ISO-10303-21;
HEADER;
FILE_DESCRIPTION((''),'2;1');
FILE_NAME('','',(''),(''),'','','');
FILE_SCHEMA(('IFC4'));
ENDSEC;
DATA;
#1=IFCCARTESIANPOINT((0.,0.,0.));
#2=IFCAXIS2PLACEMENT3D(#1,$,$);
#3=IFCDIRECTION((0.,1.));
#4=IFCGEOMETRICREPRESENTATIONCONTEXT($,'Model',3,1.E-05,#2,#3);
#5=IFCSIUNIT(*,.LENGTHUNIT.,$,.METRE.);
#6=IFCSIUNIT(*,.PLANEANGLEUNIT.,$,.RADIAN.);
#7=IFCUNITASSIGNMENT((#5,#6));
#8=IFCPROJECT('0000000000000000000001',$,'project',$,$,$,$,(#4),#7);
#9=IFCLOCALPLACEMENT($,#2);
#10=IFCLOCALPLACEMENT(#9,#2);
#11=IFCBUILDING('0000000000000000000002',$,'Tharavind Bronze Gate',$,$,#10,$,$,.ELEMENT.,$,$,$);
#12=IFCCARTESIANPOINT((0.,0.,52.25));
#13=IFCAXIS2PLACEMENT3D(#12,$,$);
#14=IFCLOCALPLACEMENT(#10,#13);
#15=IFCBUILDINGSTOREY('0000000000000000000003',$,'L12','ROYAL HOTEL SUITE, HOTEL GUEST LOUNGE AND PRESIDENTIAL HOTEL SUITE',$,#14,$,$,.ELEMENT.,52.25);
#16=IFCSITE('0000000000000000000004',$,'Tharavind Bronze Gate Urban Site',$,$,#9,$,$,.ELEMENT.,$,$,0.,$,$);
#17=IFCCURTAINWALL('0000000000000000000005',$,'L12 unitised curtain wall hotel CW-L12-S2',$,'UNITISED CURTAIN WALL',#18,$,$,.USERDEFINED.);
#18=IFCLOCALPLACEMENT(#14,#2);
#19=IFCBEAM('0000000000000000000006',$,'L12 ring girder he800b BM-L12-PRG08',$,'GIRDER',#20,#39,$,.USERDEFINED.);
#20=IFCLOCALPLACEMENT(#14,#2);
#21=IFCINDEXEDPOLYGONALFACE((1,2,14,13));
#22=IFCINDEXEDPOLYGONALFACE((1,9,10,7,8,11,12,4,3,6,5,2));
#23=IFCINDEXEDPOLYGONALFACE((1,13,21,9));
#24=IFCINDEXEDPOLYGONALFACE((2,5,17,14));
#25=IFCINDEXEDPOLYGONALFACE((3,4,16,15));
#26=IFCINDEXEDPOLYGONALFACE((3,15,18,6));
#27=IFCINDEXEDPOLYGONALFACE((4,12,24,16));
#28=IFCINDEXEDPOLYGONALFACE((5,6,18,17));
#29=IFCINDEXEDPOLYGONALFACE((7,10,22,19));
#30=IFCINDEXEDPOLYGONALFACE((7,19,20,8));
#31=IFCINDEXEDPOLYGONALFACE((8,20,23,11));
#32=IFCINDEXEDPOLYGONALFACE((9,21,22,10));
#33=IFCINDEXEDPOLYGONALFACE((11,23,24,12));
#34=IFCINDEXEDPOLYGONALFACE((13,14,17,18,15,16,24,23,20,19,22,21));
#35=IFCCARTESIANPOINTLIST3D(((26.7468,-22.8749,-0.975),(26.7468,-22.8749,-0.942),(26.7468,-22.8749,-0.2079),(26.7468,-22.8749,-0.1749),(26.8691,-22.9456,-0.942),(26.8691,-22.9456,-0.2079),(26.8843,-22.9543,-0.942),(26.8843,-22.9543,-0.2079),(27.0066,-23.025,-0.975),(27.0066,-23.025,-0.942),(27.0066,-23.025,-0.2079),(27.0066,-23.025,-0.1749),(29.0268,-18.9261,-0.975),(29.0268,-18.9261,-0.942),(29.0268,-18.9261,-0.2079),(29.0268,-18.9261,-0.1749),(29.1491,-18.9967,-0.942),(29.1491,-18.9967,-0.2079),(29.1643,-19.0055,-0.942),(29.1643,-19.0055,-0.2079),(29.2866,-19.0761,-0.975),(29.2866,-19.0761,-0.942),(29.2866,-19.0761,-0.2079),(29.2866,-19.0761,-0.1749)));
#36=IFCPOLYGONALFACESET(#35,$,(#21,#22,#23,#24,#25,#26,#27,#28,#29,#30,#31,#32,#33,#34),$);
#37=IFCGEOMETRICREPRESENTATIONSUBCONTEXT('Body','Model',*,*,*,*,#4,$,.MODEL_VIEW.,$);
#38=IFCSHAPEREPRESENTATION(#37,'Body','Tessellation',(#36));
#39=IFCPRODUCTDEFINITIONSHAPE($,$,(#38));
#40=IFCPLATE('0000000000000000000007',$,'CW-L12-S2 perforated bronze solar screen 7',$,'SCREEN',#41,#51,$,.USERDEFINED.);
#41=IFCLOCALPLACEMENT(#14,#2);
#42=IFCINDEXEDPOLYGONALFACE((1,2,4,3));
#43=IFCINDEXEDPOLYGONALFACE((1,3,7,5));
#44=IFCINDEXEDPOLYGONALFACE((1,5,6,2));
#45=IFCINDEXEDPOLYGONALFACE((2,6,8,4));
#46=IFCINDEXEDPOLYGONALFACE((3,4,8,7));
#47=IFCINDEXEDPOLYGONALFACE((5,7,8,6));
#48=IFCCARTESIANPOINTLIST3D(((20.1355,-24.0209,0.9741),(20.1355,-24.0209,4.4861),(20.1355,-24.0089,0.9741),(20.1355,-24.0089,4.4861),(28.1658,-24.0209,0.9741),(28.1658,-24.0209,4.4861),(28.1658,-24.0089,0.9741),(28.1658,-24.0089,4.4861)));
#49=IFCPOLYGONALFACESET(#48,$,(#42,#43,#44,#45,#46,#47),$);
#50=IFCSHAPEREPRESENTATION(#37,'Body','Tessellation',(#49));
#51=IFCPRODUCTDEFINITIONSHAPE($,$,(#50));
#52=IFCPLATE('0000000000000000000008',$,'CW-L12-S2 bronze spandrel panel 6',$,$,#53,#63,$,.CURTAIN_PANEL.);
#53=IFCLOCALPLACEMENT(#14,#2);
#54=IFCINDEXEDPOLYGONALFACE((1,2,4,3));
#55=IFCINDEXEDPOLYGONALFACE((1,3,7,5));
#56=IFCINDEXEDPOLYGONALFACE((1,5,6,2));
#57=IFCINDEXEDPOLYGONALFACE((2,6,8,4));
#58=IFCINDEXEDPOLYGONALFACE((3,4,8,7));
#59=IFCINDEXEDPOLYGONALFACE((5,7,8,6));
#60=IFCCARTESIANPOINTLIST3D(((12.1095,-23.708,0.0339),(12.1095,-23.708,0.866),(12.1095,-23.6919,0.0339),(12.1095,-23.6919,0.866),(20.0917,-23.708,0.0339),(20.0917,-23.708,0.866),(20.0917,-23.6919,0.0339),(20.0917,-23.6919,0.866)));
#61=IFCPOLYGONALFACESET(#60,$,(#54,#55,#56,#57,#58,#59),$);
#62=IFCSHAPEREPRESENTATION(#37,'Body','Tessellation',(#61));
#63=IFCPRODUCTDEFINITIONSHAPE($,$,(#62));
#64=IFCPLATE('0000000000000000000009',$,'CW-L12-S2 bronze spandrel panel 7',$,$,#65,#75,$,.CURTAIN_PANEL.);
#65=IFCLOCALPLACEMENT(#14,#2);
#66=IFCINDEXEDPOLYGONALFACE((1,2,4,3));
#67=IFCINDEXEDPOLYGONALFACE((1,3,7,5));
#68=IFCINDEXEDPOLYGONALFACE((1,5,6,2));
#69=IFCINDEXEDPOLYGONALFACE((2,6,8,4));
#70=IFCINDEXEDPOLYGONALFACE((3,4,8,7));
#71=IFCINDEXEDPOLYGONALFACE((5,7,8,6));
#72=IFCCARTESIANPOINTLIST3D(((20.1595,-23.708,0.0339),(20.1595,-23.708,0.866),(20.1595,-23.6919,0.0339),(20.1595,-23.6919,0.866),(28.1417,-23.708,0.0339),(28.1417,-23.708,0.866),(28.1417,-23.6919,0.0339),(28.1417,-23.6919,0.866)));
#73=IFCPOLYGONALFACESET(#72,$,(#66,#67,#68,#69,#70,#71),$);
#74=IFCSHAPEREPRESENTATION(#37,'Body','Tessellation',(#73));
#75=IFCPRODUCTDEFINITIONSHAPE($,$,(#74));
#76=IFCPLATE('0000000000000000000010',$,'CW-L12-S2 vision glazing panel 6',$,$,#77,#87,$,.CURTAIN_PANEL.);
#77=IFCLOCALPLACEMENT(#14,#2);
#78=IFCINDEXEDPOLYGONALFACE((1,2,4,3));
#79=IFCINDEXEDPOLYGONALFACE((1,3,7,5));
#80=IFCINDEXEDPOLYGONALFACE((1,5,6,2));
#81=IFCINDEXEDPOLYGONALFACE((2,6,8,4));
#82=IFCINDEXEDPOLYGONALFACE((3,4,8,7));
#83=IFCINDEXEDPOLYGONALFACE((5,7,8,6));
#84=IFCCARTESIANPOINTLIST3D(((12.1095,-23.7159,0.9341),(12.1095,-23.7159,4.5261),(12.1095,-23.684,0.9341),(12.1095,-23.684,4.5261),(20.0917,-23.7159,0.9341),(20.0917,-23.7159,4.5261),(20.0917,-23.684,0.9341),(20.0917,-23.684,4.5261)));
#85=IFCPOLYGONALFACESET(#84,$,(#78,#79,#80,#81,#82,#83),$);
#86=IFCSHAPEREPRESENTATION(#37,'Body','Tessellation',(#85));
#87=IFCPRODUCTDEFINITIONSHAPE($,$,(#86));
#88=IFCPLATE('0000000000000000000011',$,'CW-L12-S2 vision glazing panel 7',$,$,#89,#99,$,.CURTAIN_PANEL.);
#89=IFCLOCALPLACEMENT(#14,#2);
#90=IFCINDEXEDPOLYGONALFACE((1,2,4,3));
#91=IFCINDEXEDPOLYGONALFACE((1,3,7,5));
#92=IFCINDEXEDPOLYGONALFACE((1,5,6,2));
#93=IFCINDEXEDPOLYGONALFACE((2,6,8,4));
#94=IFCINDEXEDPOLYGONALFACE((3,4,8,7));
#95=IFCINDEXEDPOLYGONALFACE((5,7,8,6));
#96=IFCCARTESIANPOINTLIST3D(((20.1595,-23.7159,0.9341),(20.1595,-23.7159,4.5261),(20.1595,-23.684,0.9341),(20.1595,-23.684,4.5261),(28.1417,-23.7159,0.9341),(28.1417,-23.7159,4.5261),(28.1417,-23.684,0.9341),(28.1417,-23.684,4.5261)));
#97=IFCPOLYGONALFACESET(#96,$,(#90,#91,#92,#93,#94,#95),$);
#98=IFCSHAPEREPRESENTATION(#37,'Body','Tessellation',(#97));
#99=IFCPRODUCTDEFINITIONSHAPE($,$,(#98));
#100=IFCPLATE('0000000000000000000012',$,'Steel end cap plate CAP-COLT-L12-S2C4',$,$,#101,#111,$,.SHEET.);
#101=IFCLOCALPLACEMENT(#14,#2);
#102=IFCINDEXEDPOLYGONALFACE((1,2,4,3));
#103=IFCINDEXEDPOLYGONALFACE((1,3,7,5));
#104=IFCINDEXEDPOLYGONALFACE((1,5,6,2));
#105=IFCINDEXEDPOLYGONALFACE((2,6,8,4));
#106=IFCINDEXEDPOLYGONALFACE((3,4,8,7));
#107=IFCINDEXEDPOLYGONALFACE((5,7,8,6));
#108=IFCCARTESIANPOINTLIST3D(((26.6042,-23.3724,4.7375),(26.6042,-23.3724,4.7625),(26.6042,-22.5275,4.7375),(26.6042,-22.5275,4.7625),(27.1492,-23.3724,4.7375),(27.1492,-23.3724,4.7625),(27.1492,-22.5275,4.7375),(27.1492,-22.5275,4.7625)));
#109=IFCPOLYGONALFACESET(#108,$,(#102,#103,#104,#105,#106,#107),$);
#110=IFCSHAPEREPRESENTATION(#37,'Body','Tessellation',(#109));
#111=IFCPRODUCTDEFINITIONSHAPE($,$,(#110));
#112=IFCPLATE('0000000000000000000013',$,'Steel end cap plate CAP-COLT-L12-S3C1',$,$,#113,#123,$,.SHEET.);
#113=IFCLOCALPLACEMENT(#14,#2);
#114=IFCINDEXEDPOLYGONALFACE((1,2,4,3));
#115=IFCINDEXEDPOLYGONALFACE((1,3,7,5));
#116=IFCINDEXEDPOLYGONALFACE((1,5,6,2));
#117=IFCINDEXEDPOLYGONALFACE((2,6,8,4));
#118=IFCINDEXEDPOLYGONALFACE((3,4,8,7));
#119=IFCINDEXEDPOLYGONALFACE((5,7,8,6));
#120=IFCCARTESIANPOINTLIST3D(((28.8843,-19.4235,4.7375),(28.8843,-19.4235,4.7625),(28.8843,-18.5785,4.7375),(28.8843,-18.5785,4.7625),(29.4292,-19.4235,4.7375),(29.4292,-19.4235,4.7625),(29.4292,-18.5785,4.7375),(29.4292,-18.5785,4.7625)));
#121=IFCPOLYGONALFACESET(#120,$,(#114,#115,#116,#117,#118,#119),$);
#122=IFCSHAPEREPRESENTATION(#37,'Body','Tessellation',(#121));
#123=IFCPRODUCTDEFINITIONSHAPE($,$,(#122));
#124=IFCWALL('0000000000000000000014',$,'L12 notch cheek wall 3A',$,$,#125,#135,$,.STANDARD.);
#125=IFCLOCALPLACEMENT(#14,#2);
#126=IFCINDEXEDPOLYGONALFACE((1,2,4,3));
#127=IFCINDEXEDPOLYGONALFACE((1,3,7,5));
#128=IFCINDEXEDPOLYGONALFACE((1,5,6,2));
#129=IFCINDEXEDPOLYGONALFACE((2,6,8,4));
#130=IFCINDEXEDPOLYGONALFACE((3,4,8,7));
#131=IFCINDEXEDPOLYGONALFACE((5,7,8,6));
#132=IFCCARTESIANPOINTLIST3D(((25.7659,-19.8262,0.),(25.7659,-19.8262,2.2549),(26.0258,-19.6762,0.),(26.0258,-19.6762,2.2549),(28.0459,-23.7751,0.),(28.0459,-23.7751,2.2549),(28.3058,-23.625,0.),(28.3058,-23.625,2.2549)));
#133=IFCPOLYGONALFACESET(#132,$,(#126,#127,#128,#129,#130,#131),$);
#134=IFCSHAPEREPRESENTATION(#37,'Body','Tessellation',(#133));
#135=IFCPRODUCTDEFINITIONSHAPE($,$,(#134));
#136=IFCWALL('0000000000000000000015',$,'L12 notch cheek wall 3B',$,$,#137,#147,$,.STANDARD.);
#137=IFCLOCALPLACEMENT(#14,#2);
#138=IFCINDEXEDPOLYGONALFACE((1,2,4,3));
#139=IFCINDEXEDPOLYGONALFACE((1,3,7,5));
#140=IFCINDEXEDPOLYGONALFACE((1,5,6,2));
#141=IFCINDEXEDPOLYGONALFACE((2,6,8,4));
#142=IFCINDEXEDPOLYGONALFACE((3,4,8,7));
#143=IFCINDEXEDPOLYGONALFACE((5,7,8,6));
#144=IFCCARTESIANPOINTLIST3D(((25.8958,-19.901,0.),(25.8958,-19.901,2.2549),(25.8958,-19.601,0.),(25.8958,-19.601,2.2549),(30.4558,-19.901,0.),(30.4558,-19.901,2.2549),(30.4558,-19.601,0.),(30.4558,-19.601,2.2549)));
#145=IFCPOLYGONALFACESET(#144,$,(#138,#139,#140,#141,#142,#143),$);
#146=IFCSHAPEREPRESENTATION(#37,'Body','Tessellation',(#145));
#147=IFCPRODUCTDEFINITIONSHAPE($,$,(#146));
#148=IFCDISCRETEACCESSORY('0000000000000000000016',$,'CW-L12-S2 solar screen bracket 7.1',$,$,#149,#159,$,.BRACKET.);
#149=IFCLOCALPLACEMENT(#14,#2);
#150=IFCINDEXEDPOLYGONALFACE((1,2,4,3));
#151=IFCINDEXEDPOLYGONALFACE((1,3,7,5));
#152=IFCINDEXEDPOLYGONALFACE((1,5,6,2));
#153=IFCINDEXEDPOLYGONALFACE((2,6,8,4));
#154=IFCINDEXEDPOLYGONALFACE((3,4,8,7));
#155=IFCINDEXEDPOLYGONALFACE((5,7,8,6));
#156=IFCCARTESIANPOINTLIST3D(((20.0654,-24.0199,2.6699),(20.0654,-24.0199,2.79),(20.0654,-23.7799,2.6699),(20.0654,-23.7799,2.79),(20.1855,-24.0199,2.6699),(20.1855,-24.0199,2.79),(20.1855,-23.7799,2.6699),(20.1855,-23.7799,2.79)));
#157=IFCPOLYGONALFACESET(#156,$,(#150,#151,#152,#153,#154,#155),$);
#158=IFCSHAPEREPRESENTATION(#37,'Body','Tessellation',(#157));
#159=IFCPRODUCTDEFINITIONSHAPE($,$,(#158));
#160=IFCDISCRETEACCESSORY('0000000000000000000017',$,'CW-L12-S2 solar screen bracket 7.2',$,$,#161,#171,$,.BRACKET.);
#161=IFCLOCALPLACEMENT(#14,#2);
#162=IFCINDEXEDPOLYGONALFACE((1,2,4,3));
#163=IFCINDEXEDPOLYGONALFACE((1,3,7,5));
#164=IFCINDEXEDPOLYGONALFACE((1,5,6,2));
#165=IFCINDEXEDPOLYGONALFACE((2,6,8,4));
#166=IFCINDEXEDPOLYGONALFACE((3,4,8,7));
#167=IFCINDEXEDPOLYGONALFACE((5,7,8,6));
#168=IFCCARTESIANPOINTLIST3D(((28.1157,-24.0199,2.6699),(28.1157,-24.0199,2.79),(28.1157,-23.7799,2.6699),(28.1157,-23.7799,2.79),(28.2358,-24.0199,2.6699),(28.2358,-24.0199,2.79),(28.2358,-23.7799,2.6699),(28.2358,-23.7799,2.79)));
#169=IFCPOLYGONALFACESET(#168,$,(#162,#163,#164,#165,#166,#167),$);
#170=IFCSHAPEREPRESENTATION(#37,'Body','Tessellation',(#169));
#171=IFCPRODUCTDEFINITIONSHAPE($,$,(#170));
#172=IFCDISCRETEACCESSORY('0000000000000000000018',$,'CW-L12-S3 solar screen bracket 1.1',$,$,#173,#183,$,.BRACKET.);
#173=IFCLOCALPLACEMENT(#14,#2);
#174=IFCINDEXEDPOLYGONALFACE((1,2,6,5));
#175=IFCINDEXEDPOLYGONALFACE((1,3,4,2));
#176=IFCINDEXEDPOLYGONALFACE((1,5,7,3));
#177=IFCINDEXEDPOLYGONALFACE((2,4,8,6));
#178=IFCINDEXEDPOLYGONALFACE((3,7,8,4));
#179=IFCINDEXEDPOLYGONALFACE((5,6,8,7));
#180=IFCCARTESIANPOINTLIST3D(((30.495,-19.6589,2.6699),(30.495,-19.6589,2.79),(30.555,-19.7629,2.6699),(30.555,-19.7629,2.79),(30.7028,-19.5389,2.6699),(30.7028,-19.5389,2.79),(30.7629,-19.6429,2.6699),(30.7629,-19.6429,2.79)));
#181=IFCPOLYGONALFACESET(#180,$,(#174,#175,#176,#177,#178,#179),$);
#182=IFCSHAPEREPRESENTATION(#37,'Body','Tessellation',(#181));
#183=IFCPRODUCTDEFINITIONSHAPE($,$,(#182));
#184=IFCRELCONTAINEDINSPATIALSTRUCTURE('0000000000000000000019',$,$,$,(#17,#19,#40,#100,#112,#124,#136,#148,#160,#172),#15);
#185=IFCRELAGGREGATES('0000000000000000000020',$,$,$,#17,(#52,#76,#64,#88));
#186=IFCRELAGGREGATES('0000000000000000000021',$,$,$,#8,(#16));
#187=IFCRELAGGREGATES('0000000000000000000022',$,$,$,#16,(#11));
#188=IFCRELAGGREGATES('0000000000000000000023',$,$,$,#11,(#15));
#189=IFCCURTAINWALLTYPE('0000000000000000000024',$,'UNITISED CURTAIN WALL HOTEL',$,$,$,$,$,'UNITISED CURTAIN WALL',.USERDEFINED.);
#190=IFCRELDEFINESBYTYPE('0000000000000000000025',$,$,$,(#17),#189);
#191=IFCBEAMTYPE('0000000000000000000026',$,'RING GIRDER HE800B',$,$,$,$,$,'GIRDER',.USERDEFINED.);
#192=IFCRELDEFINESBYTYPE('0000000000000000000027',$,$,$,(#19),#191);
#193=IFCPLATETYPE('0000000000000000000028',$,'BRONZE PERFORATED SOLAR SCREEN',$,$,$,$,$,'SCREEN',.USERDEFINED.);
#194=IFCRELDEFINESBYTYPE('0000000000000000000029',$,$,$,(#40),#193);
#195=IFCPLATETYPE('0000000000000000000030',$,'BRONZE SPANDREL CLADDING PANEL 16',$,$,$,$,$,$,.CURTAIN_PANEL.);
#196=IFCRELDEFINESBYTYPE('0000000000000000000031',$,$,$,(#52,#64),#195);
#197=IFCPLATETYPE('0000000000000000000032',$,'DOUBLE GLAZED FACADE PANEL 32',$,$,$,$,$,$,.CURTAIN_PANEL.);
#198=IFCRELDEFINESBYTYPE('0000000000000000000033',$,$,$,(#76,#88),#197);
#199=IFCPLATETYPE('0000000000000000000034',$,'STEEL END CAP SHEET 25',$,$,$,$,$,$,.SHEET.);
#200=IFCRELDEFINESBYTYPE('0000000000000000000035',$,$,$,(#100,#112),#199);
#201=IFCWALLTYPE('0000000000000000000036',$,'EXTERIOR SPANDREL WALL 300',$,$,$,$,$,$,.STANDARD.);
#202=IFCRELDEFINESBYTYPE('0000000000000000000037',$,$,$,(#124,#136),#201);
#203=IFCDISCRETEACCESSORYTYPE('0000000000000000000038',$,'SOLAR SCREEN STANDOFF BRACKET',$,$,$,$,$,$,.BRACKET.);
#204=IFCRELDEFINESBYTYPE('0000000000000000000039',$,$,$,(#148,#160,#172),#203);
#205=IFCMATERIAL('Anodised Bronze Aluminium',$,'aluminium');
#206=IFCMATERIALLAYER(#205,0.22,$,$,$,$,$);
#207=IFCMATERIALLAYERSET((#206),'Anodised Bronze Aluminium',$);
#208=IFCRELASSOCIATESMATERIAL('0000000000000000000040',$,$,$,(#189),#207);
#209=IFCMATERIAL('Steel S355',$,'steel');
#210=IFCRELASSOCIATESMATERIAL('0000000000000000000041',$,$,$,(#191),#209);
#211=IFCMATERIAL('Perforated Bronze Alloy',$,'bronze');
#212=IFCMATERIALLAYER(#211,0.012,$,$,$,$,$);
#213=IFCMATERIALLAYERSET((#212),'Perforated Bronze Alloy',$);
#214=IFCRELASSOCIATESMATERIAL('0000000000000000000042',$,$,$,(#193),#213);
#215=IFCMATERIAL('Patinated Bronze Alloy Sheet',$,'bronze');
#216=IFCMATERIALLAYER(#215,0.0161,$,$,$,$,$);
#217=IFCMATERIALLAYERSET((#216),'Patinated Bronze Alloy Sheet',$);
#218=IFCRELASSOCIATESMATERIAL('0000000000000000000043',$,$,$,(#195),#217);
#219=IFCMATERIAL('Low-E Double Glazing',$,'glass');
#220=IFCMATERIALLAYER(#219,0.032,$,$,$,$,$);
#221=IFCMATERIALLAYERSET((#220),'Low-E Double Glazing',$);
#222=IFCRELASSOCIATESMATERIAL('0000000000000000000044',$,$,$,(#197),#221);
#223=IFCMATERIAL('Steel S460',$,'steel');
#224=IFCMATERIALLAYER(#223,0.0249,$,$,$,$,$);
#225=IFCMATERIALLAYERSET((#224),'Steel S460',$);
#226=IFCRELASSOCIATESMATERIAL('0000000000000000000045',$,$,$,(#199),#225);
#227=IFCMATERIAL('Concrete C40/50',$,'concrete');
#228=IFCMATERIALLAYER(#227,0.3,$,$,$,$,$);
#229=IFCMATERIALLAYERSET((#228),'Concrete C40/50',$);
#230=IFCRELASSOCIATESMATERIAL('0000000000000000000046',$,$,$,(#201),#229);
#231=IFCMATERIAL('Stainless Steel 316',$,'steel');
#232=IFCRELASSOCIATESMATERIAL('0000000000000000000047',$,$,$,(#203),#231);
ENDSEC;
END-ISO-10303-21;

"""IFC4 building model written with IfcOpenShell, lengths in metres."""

from ifc_helpers import new_model, si_unit, direction, frame, frame_2d, origin, origin_2d, place, context, subcontext, project, spatial, rectangle, i_section, extrude, material, layer, layer_set, material_profile, profile_set, type_object, element, aggregate, save


model = new_model("IFC4")

# Units and contexts
model_context = context("Model", 3, precision=1e-05, world=origin(), true_north=direction((0.0, 1.0)))
body_context = subcontext(model_context, "Body", "Model", "MODEL_VIEW")
ifc_project = project(units=[si_unit("LENGTHUNIT", "METRE"), si_unit("PLANEANGLEUNIT", "RADIAN")], contexts=[model_context])

# Site, building, storey
site_placement = place(None, origin())
site = spatial("IfcSite", under=ifc_project, at=site_placement, Name="Tharavind Bronze Gate Urban Site", CompositionType="ELEMENT", RefElevation=0.0)
building_placement = place(site_placement, origin())
building = spatial("IfcBuilding", under=site, at=building_placement, Name="Tharavind Bronze Gate", CompositionType="ELEMENT")
storey_placement = place(building_placement, frame((0.0, 0.0, 52.25)))
storey = spatial("IfcBuildingStorey", under=building, at=storey_placement, Name="L12", Description="ROYAL HOTEL SUITE, HOTEL GUEST LOUNGE AND PRESIDENTIAL HOTEL SUITE", CompositionType="ELEMENT", Elevation=52.25)

# Shared definitions
ifc_material_1 = material(Name="Steel S460", Category="steel")

# Curtain wall
ifc_material_2 = material(Name="Anodised Bronze Aluminium", Category="aluminium")
ifc_layer_1 = layer(ifc_material_2, 0.22)
ifc_layer_set_1 = layer_set([ifc_layer_1], Name="Anodised Bronze Aluminium")
curtain_wall_type = type_object("IfcCurtainWallType", Name="UNITISED CURTAIN WALL HOTEL", ElementType="UNITISED CURTAIN WALL", PredefinedType="USERDEFINED", material=ifc_layer_set_1)
curtain_wall_1_placement = place(storey_placement, origin())
curtain_wall_1 = element("IfcCurtainWall", 1, at=curtain_wall_1_placement, inside=storey, type_object=curtain_wall_type, Name="L12 unitised curtain wall hotel CW-L12-S2", ObjectType="UNITISED CURTAIN WALL", PredefinedType="USERDEFINED")

# Beam
ifc_material_3 = material(Name="Steel S355", Category="steel")
ifc_material_profile_1 = material_profile(ifc_material_3, i_section(OverallWidth=0.3, OverallDepth=0.8, WebThickness=0.0176, FlangeThickness=0.033, at=origin_2d()), Name="HE800B")
ifc_profile_set_1 = profile_set([ifc_material_profile_1], Name="Steel S355")
beam_type_1 = type_object("IfcBeamType", Name="RING GIRDER HE800B", ElementType="GIRDER", PredefinedType="USERDEFINED", material=ifc_profile_set_1)
beam_1_placement = place(storey_placement, frame((26.8767, -22.95, -0.575), z_axis=(0.500014, 0.866017, 0.0), x_axis=(-0.866017, 0.500014, 0.0)))
element("IfcBeam", 2, at=beam_1_placement, inside=storey, type_object=beam_type_1, Name="L12 ring girder he800b BM-L12-PRG08", ObjectType="GIRDER", PredefinedType="USERDEFINED", context=body_context, shape_type="SweptSolid", body=[
    extrude(i_section(OverallWidth=0.3, OverallDepth=0.8, WebThickness=0.0176, FlangeThickness=0.033, at=origin_2d()), origin(), (0.0, 0.0, 1.0), 4.5598),
])

# Plates
ifc_material_4 = material(Name="Perforated Bronze Alloy", Category="bronze")
ifc_layer_2 = layer(ifc_material_4, 0.012)
ifc_layer_set_2 = layer_set([ifc_layer_2], Name="Perforated Bronze Alloy")
plate_type_1 = type_object("IfcPlateType", Name="BRONZE PERFORATED SOLAR SCREEN", ElementType="SCREEN", PredefinedType="USERDEFINED", material=ifc_layer_set_2)
plate_1_placement = place(storey_placement, frame((24.1506, -24.0149, 0.9741), z_axis=(0.0, 0.0, 1.0), x_axis=(1.0, 0.0, 0.0)))
element("IfcPlate", 3, at=plate_1_placement, inside=storey, type_object=plate_type_1, Name="CW-L12-S2 perforated bronze solar screen 7", ObjectType="SCREEN", PredefinedType="USERDEFINED", context=body_context, shape_type="SweptSolid", body=[
    extrude(rectangle(XDim=8.0303, YDim=0.012, at=origin_2d()), origin(), (0.0, 0.0, 1.0), 3.512),
])
ifc_material_5 = material(Name="Patinated Bronze Alloy Sheet", Category="bronze")
ifc_layer_3 = layer(ifc_material_5, 0.0161)
ifc_layer_set_3 = layer_set([ifc_layer_3], Name="Patinated Bronze Alloy Sheet")
plate_type_2 = type_object("IfcPlateType", Name="BRONZE SPANDREL CLADDING PANEL 16", PredefinedType="CURTAIN_PANEL", material=ifc_layer_set_3)
plate_2_placement = place(storey_placement, frame((16.1006, -23.7, 0.0339), z_axis=(0.0, 0.0, 1.0), x_axis=(1.0, 0.0, 0.0)))
plate_2 = element("IfcPlate", 4, at=plate_2_placement, type_object=plate_type_2, Name="CW-L12-S2 bronze spandrel panel 6", PredefinedType="CURTAIN_PANEL", context=body_context, shape_type="SweptSolid", body=[
    extrude(rectangle(XDim=7.9822, YDim=0.0161, at=origin_2d()), origin(), (0.0, 0.0, 1.0), 0.832),
])
plate_3_placement = place(storey_placement, frame((24.1506, -23.7, 0.0339), z_axis=(0.0, 0.0, 1.0), x_axis=(1.0, 0.0, 0.0)))
plate_3 = element("IfcPlate", 5, at=plate_3_placement, type_object=plate_type_2, Name="CW-L12-S2 bronze spandrel panel 7", PredefinedType="CURTAIN_PANEL", context=body_context, shape_type="SweptSolid", body=[
    extrude(rectangle(XDim=7.9822, YDim=0.0161, at=origin_2d()), origin(), (0.0, 0.0, 1.0), 0.832),
])
ifc_material_6 = material(Name="Low-E Double Glazing", Category="glass")
ifc_layer_4 = layer(ifc_material_6, 0.032)
ifc_layer_set_4 = layer_set([ifc_layer_4], Name="Low-E Double Glazing")
plate_type_3 = type_object("IfcPlateType", Name="DOUBLE GLAZED FACADE PANEL 32", PredefinedType="CURTAIN_PANEL", material=ifc_layer_set_4)
plate_4_placement = place(storey_placement, frame((16.1006, -23.7, 0.9341), z_axis=(0.0, 0.0, 1.0), x_axis=(1.0, 0.0, 0.0)))
plate_4 = element("IfcPlate", 6, at=plate_4_placement, type_object=plate_type_3, Name="CW-L12-S2 vision glazing panel 6", PredefinedType="CURTAIN_PANEL", context=body_context, shape_type="SweptSolid", body=[
    extrude(rectangle(XDim=7.9822, YDim=0.032, at=origin_2d()), origin(), (0.0, 0.0, 1.0), 3.592),
])
plate_5_placement = place(storey_placement, frame((24.1506, -23.7, 0.9341), z_axis=(0.0, 0.0, 1.0), x_axis=(1.0, 0.0, 0.0)))
plate_5 = element("IfcPlate", 7, at=plate_5_placement, type_object=plate_type_3, Name="CW-L12-S2 vision glazing panel 7", PredefinedType="CURTAIN_PANEL", context=body_context, shape_type="SweptSolid", body=[
    extrude(rectangle(XDim=7.9822, YDim=0.032, at=origin_2d()), origin(), (0.0, 0.0, 1.0), 3.592),
])
aggregate(curtain_wall_1, [plate_2, plate_4, plate_3, plate_5])

# Plates
ifc_layer_5 = layer(ifc_material_1, 0.0249)
ifc_layer_set_5 = layer_set([ifc_layer_5], Name="Steel S460")
plate_type_4 = type_object("IfcPlateType", Name="STEEL END CAP SHEET 25", PredefinedType="SHEET", material=ifc_layer_set_5)
for number, where, z_axis, x_axis, name in (
    (8, (26.8767, -22.95, 4.7375), (0.0, 0.0, 1.0), (1.0, 0.0, 0.0), "Steel end cap plate CAP-COLT-L12-S2C4"),
    (9, (29.1567, -19.001, 4.7375), (0.0, 0.0, 1.0), (1.0, 0.0, 0.0), "Steel end cap plate CAP-COLT-L12-S3C1"),
):
    element("IfcPlate", number, at=place(storey_placement, frame(where, z_axis=z_axis, x_axis=x_axis)), inside=storey, type_object=plate_type_4, Name=name, PredefinedType="SHEET", context=body_context, shape_type="SweptSolid", body=[
        extrude(rectangle(XDim=0.5449, YDim=0.845, at=origin_2d()), origin(), (0.0, 0.0, 1.0), 0.0249),
    ])

# Walls
ifc_material_7 = material(Name="Concrete C40/50", Category="concrete")
ifc_layer_6 = layer(ifc_material_7, 0.3)
ifc_layer_set_6 = layer_set([ifc_layer_6], Name="Concrete C40/50")
wall_type = type_object("IfcWallType", Name="EXTERIOR SPANDREL WALL 300", PredefinedType="STANDARD", material=ifc_layer_set_6)
wall_1_placement = place(storey_placement, frame((28.1758, -23.7, 0.0), z_axis=(0.0, 0.0, 1.0), x_axis=(-0.500014, 0.866017, 0.0)))
element("IfcWall", 10, at=wall_1_placement, inside=storey, type_object=wall_type, Name="L12 notch cheek wall 3A", PredefinedType="STANDARD", context=body_context, shape_type="SweptSolid", body=[
    extrude(rectangle(XDim=4.5598, YDim=0.3, at=frame_2d((2.2798, 0.0))), origin(), (0.0, 0.0, 1.0), 2.2549),
])
wall_2_placement = place(storey_placement, frame((25.8958, -19.751, 0.0), z_axis=(0.0, 0.0, 1.0), x_axis=(1.0, 0.0, 0.0)))
element("IfcWall", 11, at=wall_2_placement, inside=storey, type_object=wall_type, Name="L12 notch cheek wall 3B", PredefinedType="STANDARD", context=body_context, shape_type="SweptSolid", body=[
    extrude(rectangle(XDim=4.5601, YDim=0.3, at=frame_2d((2.28, 0.0))), origin(), (0.0, 0.0, 1.0), 2.2549),
])

# Discrete accessories
ifc_material_8 = material(Name="Stainless Steel 316", Category="steel")
discrete_accessory_type = type_object("IfcDiscreteAccessoryType", Name="SOLAR SCREEN STANDOFF BRACKET", PredefinedType="BRACKET", material=ifc_material_8)
for number, where, z_axis, x_axis, name in (
    (12, (20.1255, -23.8999, 2.6699), (0.0, 0.0, 1.0), (1.0, 0.0, 0.0), "CW-L12-S2 solar screen bracket 7.1"),
    (13, (28.1758, -23.8999, 2.6699), (0.0, 0.0, 1.0), (1.0, 0.0, 0.0), "CW-L12-S2 solar screen bracket 7.2"),
    (14, (30.6289, -19.6509, 2.6699), (0.0, 0.0, 1.0), (-0.500002, 0.866025, 0.0), "CW-L12-S3 solar screen bracket 1.1"),
):
    element("IfcDiscreteAccessory", number, at=place(storey_placement, frame(where, z_axis=z_axis, x_axis=x_axis)), inside=storey, type_object=discrete_accessory_type, Name=name, PredefinedType="BRACKET", context=body_context, shape_type="SweptSolid", body=[
        extrude(rectangle(XDim=0.1201, YDim=0.24, at=origin_2d()), origin(), (0.0, 0.0, 1.0), 0.1201),
    ])

save(model, "model.ifc")
